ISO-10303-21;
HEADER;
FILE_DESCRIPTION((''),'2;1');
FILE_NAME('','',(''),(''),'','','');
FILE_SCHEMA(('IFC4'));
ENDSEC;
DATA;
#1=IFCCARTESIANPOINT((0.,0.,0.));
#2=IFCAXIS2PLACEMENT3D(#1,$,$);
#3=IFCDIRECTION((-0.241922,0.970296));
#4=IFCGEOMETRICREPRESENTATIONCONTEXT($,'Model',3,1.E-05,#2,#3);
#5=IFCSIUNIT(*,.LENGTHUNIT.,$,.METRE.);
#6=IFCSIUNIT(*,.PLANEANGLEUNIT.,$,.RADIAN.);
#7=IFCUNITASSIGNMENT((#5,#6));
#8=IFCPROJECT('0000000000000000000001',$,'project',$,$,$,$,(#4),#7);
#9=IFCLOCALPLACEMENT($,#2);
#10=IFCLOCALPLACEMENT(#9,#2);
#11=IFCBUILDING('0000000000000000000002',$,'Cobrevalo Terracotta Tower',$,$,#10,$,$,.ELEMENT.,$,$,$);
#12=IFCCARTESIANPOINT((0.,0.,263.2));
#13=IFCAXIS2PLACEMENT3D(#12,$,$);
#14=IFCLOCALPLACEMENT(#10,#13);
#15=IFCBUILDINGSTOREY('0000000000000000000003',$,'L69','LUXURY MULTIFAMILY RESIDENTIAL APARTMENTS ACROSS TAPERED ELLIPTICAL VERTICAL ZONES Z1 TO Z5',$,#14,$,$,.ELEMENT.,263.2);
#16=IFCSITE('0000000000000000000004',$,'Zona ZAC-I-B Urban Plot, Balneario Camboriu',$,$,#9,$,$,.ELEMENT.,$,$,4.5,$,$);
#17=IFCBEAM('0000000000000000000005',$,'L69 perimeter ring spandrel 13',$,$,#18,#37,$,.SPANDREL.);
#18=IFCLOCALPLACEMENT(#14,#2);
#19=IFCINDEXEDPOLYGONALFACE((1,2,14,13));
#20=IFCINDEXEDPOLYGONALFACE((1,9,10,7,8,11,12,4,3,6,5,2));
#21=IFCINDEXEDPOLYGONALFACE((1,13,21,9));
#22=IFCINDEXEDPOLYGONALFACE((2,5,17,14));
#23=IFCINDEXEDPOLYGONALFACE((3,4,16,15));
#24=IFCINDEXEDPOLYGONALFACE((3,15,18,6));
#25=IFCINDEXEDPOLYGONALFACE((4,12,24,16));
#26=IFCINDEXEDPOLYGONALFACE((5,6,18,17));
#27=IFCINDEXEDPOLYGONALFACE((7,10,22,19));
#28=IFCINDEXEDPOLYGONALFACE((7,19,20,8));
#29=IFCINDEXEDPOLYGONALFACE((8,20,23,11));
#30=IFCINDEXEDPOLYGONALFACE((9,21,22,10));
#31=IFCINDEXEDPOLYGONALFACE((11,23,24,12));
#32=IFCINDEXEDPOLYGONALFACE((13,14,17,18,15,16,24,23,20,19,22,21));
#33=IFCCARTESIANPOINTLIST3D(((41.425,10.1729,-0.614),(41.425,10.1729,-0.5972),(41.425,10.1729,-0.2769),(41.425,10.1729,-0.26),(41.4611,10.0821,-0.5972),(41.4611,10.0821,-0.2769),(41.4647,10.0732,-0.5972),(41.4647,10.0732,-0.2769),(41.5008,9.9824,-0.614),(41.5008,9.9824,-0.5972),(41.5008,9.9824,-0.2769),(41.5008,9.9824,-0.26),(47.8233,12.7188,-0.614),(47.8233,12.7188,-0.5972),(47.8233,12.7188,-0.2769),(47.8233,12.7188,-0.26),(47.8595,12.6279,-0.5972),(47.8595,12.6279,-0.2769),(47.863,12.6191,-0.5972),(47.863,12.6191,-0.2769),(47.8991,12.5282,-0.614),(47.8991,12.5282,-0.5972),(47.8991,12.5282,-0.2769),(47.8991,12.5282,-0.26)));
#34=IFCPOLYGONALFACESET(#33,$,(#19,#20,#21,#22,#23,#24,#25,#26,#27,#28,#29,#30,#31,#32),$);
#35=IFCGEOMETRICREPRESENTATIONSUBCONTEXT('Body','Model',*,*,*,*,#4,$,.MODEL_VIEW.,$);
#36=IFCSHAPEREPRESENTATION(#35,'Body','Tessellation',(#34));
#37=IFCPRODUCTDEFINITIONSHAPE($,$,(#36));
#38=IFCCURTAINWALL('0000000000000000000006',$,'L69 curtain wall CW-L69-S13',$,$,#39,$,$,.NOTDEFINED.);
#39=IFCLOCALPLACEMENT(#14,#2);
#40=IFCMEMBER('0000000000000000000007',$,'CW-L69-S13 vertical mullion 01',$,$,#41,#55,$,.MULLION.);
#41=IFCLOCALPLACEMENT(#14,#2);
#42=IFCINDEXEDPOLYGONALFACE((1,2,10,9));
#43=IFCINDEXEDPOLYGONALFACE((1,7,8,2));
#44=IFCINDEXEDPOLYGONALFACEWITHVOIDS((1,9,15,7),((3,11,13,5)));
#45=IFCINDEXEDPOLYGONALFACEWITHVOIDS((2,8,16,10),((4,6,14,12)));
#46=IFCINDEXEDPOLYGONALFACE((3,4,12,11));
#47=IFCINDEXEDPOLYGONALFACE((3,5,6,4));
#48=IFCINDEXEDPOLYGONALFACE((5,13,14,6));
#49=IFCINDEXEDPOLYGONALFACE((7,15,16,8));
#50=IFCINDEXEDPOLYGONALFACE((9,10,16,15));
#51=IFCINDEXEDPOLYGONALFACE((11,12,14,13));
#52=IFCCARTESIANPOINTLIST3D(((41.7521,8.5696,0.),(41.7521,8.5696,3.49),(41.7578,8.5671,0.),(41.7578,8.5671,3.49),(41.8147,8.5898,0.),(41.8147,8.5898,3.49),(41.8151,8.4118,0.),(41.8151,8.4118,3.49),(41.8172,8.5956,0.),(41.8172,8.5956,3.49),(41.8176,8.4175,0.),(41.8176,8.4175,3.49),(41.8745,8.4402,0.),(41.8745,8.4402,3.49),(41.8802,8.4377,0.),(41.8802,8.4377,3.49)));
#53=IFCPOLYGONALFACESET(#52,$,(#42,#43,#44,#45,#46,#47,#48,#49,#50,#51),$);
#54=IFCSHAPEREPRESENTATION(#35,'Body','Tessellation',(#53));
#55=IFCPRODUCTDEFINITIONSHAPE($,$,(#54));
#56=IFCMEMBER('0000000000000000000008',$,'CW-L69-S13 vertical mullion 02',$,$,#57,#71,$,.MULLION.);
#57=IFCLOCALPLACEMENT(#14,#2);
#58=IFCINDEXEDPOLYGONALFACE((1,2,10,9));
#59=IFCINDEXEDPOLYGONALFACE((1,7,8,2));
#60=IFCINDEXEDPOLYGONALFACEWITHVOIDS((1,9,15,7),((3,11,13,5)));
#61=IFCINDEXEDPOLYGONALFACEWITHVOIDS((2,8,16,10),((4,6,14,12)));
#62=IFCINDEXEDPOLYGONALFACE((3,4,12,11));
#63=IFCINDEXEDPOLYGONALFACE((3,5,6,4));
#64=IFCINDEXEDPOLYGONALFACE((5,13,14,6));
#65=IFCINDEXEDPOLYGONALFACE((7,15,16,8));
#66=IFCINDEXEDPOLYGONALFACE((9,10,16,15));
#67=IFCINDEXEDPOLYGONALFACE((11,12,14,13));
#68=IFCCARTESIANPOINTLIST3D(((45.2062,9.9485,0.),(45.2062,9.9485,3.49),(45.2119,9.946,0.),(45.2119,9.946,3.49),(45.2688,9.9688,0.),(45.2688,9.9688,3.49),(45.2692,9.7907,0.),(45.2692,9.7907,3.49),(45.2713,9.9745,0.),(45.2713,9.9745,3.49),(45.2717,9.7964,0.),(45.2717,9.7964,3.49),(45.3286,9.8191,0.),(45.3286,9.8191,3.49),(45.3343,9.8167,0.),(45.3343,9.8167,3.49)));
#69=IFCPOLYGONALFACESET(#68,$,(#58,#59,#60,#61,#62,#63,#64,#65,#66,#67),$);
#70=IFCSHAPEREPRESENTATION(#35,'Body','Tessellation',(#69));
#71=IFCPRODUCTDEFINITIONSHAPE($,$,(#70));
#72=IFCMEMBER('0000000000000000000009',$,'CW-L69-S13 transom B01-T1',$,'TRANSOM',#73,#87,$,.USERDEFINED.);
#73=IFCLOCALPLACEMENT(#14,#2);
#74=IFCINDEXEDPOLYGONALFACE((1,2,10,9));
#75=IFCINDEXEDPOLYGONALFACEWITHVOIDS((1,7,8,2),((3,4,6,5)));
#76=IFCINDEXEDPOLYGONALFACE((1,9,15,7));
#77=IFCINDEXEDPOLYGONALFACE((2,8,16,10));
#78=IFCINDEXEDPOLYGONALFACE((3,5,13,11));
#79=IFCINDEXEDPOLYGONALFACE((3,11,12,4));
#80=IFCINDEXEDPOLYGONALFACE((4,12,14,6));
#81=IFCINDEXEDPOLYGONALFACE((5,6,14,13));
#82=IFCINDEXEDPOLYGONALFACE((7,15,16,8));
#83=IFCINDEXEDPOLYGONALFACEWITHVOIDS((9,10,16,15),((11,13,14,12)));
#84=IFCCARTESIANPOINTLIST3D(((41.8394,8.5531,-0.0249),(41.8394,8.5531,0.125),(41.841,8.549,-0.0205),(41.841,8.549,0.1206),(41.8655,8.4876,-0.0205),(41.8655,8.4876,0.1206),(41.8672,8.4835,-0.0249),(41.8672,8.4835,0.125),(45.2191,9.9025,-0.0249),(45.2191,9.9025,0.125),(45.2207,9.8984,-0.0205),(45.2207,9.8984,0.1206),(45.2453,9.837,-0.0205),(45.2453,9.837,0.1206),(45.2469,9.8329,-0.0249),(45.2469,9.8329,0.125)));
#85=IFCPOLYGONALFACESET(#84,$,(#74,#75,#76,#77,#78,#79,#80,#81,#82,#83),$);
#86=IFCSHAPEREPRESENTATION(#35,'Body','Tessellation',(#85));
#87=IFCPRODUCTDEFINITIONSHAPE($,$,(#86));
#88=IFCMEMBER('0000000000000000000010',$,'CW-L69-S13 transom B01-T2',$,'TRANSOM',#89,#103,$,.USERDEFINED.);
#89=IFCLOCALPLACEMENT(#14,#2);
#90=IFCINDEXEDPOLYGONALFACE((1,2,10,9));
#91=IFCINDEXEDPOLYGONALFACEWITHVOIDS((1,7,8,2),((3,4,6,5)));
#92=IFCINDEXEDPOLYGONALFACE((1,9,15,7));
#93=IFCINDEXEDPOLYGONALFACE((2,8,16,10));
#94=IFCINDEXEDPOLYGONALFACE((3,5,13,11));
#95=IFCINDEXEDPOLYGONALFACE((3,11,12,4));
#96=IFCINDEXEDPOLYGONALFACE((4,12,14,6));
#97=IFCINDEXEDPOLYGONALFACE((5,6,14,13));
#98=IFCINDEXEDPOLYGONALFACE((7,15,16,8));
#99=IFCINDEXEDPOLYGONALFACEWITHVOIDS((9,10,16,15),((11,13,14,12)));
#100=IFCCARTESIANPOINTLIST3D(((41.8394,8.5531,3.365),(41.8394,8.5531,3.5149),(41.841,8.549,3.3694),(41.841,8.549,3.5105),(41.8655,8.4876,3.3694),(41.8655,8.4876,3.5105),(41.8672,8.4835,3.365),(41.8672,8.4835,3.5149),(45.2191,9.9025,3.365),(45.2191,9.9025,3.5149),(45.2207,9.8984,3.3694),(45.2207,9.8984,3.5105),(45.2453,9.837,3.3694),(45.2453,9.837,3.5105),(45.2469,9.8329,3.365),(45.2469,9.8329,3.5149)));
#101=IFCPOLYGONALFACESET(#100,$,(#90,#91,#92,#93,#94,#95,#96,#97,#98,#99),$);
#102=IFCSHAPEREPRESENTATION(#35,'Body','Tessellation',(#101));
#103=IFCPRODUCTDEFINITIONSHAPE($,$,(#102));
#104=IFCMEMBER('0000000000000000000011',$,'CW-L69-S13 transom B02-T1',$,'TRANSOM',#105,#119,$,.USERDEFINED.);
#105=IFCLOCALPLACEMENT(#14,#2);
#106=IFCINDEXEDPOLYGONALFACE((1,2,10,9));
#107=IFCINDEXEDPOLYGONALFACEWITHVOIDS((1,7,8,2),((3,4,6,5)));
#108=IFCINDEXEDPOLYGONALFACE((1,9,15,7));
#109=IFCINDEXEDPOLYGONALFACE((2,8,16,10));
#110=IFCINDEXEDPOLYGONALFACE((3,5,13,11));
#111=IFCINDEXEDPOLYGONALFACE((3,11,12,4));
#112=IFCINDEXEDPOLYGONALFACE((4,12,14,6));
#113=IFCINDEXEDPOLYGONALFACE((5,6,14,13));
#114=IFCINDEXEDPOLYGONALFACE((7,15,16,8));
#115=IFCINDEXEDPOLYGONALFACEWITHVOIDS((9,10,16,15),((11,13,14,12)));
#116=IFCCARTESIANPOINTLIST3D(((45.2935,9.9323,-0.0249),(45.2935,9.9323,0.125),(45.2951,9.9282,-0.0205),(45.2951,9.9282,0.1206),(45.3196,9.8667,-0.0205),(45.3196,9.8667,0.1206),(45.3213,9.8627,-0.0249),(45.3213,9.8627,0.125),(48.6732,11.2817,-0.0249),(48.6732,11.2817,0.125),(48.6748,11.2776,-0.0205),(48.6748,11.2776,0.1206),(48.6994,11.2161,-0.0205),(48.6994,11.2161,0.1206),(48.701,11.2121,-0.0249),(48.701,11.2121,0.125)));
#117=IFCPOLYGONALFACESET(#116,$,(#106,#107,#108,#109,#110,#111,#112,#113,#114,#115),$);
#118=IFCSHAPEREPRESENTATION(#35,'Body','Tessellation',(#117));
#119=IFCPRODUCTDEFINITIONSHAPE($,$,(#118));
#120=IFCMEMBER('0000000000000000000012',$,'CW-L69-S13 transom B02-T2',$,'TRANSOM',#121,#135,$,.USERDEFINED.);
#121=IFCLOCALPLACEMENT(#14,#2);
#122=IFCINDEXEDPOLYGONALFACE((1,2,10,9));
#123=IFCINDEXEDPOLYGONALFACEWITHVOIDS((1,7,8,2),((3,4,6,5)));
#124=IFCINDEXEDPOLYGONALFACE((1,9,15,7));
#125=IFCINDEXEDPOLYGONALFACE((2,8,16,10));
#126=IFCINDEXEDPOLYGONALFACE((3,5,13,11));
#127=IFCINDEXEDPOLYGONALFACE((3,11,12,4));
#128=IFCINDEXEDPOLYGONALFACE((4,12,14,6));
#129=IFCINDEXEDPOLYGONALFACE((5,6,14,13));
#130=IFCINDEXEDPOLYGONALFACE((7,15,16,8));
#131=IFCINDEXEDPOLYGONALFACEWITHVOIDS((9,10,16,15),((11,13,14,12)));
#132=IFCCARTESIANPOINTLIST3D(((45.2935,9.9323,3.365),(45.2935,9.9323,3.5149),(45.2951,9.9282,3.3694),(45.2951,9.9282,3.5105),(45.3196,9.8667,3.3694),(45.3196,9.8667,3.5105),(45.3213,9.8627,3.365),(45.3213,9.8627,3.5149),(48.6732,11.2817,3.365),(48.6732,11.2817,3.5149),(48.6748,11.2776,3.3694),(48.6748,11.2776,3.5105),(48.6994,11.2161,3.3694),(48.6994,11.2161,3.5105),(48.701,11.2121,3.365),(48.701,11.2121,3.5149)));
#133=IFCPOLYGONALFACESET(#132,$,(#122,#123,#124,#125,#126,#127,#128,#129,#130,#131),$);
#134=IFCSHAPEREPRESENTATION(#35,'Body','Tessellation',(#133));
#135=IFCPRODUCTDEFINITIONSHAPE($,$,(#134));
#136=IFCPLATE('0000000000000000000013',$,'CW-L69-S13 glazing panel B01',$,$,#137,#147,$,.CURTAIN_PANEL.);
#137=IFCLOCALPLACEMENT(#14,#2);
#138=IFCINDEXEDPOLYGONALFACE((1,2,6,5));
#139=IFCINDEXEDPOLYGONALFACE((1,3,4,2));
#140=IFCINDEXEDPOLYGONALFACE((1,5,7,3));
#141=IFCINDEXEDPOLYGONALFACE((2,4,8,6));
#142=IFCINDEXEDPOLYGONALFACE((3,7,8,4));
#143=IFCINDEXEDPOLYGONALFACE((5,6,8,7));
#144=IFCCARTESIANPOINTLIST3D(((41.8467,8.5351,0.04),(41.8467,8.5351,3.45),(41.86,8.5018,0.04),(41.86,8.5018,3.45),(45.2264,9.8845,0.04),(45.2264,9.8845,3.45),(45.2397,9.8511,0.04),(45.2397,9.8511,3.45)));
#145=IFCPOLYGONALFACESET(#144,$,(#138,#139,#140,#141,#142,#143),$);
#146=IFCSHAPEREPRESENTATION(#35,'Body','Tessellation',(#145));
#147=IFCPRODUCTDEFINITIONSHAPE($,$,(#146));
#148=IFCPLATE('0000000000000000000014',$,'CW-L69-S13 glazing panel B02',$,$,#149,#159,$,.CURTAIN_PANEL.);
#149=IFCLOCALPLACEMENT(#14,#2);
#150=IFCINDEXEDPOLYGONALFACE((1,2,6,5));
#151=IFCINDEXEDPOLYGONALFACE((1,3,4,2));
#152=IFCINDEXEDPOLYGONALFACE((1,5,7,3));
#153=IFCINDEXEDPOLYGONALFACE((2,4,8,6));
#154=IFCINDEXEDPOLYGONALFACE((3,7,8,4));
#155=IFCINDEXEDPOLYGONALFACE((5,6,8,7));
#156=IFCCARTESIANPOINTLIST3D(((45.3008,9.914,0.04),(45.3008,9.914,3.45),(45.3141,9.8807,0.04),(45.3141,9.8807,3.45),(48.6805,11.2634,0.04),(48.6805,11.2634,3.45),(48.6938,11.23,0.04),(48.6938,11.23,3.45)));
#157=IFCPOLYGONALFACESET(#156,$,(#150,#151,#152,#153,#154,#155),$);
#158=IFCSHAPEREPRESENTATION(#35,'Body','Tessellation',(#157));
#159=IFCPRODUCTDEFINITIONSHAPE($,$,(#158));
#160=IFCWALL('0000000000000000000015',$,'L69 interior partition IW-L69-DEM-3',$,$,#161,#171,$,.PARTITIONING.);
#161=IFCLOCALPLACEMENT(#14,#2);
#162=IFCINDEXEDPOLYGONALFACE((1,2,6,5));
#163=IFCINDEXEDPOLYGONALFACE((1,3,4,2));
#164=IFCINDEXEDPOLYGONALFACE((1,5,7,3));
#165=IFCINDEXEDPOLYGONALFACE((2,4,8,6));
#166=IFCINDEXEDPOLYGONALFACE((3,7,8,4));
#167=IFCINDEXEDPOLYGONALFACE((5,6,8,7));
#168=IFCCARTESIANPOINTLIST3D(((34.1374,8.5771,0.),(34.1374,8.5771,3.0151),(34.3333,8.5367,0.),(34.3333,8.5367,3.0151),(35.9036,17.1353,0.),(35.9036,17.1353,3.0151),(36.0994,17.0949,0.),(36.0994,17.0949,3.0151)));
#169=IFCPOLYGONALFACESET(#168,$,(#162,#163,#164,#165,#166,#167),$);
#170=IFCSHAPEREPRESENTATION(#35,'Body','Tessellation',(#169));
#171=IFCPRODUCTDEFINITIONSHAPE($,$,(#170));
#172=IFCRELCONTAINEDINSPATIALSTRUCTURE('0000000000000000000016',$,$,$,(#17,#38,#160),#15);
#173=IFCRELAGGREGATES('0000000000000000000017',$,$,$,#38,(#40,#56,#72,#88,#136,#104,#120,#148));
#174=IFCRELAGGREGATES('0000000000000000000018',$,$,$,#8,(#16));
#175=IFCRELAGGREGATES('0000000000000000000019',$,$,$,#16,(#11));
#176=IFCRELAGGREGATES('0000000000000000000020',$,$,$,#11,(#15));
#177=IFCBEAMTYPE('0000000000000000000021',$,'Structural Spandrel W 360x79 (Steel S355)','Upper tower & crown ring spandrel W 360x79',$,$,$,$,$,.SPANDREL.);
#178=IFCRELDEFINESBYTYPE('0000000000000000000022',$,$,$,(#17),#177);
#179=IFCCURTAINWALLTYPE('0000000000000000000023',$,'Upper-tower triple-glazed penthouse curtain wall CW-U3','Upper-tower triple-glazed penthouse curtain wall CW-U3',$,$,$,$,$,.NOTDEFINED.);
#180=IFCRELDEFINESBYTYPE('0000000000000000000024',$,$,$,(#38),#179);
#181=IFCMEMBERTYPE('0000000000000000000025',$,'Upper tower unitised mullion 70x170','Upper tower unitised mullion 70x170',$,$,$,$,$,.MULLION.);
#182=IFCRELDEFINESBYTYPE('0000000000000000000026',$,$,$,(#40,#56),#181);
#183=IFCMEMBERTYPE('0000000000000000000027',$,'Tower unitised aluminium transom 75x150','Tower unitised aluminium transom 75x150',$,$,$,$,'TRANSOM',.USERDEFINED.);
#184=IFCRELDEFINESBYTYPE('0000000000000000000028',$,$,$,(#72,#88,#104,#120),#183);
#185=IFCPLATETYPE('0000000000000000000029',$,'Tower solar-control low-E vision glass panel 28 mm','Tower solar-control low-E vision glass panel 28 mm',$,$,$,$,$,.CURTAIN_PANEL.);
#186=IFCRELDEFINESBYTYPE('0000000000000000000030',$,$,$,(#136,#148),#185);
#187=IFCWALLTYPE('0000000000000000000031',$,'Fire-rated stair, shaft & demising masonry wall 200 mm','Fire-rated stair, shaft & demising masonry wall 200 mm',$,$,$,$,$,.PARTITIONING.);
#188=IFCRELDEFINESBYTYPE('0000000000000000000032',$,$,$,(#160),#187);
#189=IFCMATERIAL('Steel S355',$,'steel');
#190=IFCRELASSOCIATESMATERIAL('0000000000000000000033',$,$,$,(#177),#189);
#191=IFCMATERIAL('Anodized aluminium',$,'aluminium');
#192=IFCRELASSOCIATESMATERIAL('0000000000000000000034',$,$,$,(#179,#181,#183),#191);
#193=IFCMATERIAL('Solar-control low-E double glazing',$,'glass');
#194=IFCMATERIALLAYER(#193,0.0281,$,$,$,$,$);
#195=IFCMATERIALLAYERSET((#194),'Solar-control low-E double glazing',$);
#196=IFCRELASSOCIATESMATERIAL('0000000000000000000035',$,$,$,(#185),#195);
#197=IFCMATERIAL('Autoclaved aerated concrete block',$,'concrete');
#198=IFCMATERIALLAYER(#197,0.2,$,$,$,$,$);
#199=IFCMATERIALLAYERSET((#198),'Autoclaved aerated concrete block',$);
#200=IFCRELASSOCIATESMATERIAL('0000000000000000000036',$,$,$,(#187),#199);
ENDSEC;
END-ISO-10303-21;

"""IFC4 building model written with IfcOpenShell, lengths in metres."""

from ifc_helpers import new_model, si_unit, direction, frame, frame_2d, origin, origin_2d, place, context, subcontext, project, spatial, rectangle, hollow_rectangle, i_section, extrude, source, transform, mapped, material, layer, layer_set, material_profile, profile_set, type_object, element, aggregate, save


model = new_model("IFC4")

# Units and contexts
model_context = context("Model", 3, precision=1e-05, world=origin(), true_north=direction((-0.241922, 0.970296)))
body_context = subcontext(model_context, "Body", "Model", "MODEL_VIEW")
ifc_project = project(units=[si_unit("LENGTHUNIT", "METRE"), si_unit("PLANEANGLEUNIT", "RADIAN")], contexts=[model_context])

# Site, building, storey
site_placement = place(None, origin())
site = spatial("IfcSite", under=ifc_project, at=site_placement, Name="Zona ZAC-I-B Urban Plot, Balneario Camboriu", CompositionType="ELEMENT", RefElevation=4.5)
building_placement = place(site_placement, origin())
building = spatial("IfcBuilding", under=site, at=building_placement, Name="Cobrevalo Terracotta Tower", CompositionType="ELEMENT")
storey_placement = place(building_placement, frame((0.0, 0.0, 263.2)))
storey = spatial("IfcBuildingStorey", under=building, at=storey_placement, Name="L69", Description="LUXURY MULTIFAMILY RESIDENTIAL APARTMENTS ACROSS TAPERED ELLIPTICAL VERTICAL ZONES Z1 TO Z5", CompositionType="ELEMENT", Elevation=263.2)

# Shared definitions
ifc_material_1 = material(Name="Steel S355", Category="steel")

# Beam
ifc_material_profile_1 = material_profile(ifc_material_1, i_section(OverallWidth=0.2051, OverallDepth=0.354, WebThickness=0.0095, FlangeThickness=0.0168, at=origin_2d()), Name="W 360x79")
ifc_profile_set_1 = profile_set([ifc_material_profile_1], Name="Steel S355")
beam_type_1 = type_object("IfcBeamType", Name="Structural Spandrel W 360x79 (Steel S355)", Description="Upper tower & crown ring spandrel W 360x79", PredefinedType="SPANDREL", material=ifc_profile_set_1)
beam_1_placement = place(storey_placement, frame((41.4629, 10.0776, -0.437), z_axis=(0.92915, 0.369703, 0.0), x_axis=(-0.369703, 0.92915, 0.0)))
element("IfcBeam", 1, at=beam_1_placement, inside=storey, type_object=beam_type_1, Name="L69 perimeter ring spandrel 13", PredefinedType="SPANDREL", context=body_context, shape_type="SweptSolid", body=[
    extrude(i_section(OverallWidth=0.2051, OverallDepth=0.354, WebThickness=0.0095, FlangeThickness=0.0168, at=origin_2d()), origin(), (0.0, 0.0, 1.0), 6.8862),
])

# Curtain wall, members, plates
ifc_material_2 = material(Name="Anodized aluminium", Category="aluminium")
curtain_wall_type = type_object("IfcCurtainWallType", Name="Upper-tower triple-glazed penthouse curtain wall CW-U3", Description="Upper-tower triple-glazed penthouse curtain wall CW-U3", PredefinedType="NOTDEFINED", material=ifc_material_2)
curtain_wall_placement = place(storey_placement, origin())
curtain_wall = element("IfcCurtainWall", 2, at=curtain_wall_placement, inside=storey, type_object=curtain_wall_type, Name="L69 curtain wall CW-L69-S13", PredefinedType="NOTDEFINED")
ifc_material_profile_2 = material_profile(ifc_material_2, hollow_rectangle(XDim=0.0701, YDim=0.1699, WallThickness=0.0044, at=origin_2d()), Name="CWM 70x170")
ifc_profile_set_2 = profile_set([ifc_material_profile_2], Name="Anodized aluminium")
member_type_1 = type_object("IfcMemberType", Name="Upper tower unitised mullion 70x170", Description="Upper tower unitised mullion 70x170", PredefinedType="MULLION", material=ifc_profile_set_2)
shared_shape_1 = source(origin(), body_context, "Body", "SweptSolid", [
    extrude(hollow_rectangle(XDim=0.0701, YDim=0.1699, WallThickness=0.0044, at=origin_2d()), origin(), (0.0, 0.0, 1.0), 3.49),
])
member_1_placement = place(storey_placement, frame((41.8162, 8.5037, 0.0), z_axis=(0.0, 0.0, 1.0), x_axis=(0.928719, 0.370784, 0.0)))
member_1 = element("IfcMember", 3, at=member_1_placement, type_object=member_type_1, Name="CW-L69-S13 vertical mullion 01", PredefinedType="MULLION", context=body_context, shape_type="MappedRepresentation", body=[
    mapped(shared_shape_1, transform((0.0, 0.0, 0.0), scale=1.0)),
])
member_2_placement = place(storey_placement, frame((45.2703, 9.8826, 0.0), z_axis=(0.0, 0.0, 1.0), x_axis=(0.928719, 0.370784, 0.0)))
member_2 = element("IfcMember", 4, at=member_2_placement, type_object=member_type_1, Name="CW-L69-S13 vertical mullion 02", PredefinedType="MULLION", context=body_context, shape_type="MappedRepresentation", body=[
    mapped(shared_shape_1, transform((0.0, 0.0, 0.0), scale=1.0)),
])
ifc_material_profile_3 = material_profile(ifc_material_2, hollow_rectangle(XDim=0.075, YDim=0.1499, WallThickness=0.0044, at=origin_2d()), Name="CWT 75x150")
ifc_profile_set_3 = profile_set([ifc_material_profile_3], Name="Anodized aluminium")
member_type_2 = type_object("IfcMemberType", Name="Tower unitised aluminium transom 75x150", Description="Tower unitised aluminium transom 75x150", ElementType="TRANSOM", PredefinedType="USERDEFINED", material=ifc_profile_set_3)
shared_shape_2 = source(origin(), body_context, "Body", "SweptSolid", [
    extrude(hollow_rectangle(XDim=0.075, YDim=0.1499, WallThickness=0.0044, at=origin_2d()), origin(), (0.0, 0.0, 1.0), 3.6392),
])
member_3_placement = place(storey_placement, frame((41.8533, 8.5183, 0.05), z_axis=(0.928712, 0.370801, 0.0), x_axis=(-0.370801, 0.928712, 0.0)))
member_3 = element("IfcMember", 5, at=member_3_placement, type_object=member_type_2, Name="CW-L69-S13 transom B01-T1", ObjectType="TRANSOM", PredefinedType="USERDEFINED", context=body_context, shape_type="MappedRepresentation", body=[
    mapped(shared_shape_2, transform((0.0, 0.0, 0.0), scale=1.0)),
])
member_4_placement = place(storey_placement, frame((41.8533, 8.5183, 3.4399), z_axis=(0.928712, 0.370801, 0.0), x_axis=(-0.370801, 0.928712, 0.0)))
member_4 = element("IfcMember", 6, at=member_4_placement, type_object=member_type_2, Name="CW-L69-S13 transom B01-T2", ObjectType="TRANSOM", PredefinedType="USERDEFINED", context=body_context, shape_type="MappedRepresentation", body=[
    mapped(shared_shape_2, transform((0.0, 0.0, 0.0), scale=1.0)),
])
member_5_placement = place(storey_placement, frame((45.3074, 9.8975, 0.05), z_axis=(0.928712, 0.370801, 0.0), x_axis=(-0.370801, 0.928712, 0.0)))
member_5 = element("IfcMember", 7, at=member_5_placement, type_object=member_type_2, Name="CW-L69-S13 transom B02-T1", ObjectType="TRANSOM", PredefinedType="USERDEFINED", context=body_context, shape_type="MappedRepresentation", body=[
    mapped(shared_shape_2, transform((0.0, 0.0, 0.0), scale=1.0)),
])
member_6_placement = place(storey_placement, frame((45.3074, 9.8975, 3.4399), z_axis=(0.928712, 0.370801, 0.0), x_axis=(-0.370801, 0.928712, 0.0)))
member_6 = element("IfcMember", 8, at=member_6_placement, type_object=member_type_2, Name="CW-L69-S13 transom B02-T2", ObjectType="TRANSOM", PredefinedType="USERDEFINED", context=body_context, shape_type="MappedRepresentation", body=[
    mapped(shared_shape_2, transform((0.0, 0.0, 0.0), scale=1.0)),
])
ifc_material_3 = material(Name="Solar-control low-E double glazing", Category="glass")
ifc_layer_1 = layer(ifc_material_3, 0.0281)
ifc_layer_set_1 = layer_set([ifc_layer_1], Name="Solar-control low-E double glazing")
plate_type = type_object("IfcPlateType", Name="Tower solar-control low-E vision glass panel 28 mm", Description="Tower solar-control low-E vision glass panel 28 mm", PredefinedType="CURTAIN_PANEL", material=ifc_layer_set_1)
shared_shape_3 = source(origin(), body_context, "Body", "SweptSolid", [
    extrude(rectangle(XDim=3.6392, YDim=0.0359, at=origin_2d()), origin(), (0.0, 0.0, 1.0), 3.4099),
])
plate_1_placement = place(storey_placement, frame((43.5432, 9.1931, 0.04), z_axis=(0.0, 0.0, 1.0), x_axis=(0.928718, 0.370786, 0.0)))
plate_1 = element("IfcPlate", 9, at=plate_1_placement, type_object=plate_type, Name="CW-L69-S13 glazing panel B01", PredefinedType="CURTAIN_PANEL", context=body_context, shape_type="MappedRepresentation", body=[
    mapped(shared_shape_3, transform((0.0, 0.0, 0.0), scale=1.0)),
])
plate_2_placement = place(storey_placement, frame((46.9973, 10.572, 0.04), z_axis=(0.0, 0.0, 1.0), x_axis=(0.928718, 0.370786, 0.0)))
plate_2 = element("IfcPlate", 10, at=plate_2_placement, type_object=plate_type, Name="CW-L69-S13 glazing panel B02", PredefinedType="CURTAIN_PANEL", context=body_context, shape_type="MappedRepresentation", body=[
    mapped(shared_shape_3, transform((0.0, 0.0, 0.0), scale=1.0)),
])
aggregate(curtain_wall, [member_1, member_2, member_3, member_4, plate_1, member_5, member_6, plate_2])

# Wall
ifc_material_4 = material(Name="Autoclaved aerated concrete block", Category="concrete")
ifc_layer_2 = layer(ifc_material_4, 0.2)
ifc_layer_set_2 = layer_set([ifc_layer_2], Name="Autoclaved aerated concrete block")
wall_type_1 = type_object("IfcWallType", Name="Fire-rated stair, shaft & demising masonry wall 200 mm", Description="Fire-rated stair, shaft & demising masonry wall 200 mm", PredefinedType="PARTITIONING", material=ifc_layer_set_2)
wall_1_placement = place(storey_placement, frame((36.0015, 17.115, 0.0), z_axis=(0.0, 0.0, 1.0), x_axis=(-0.202109, -0.979363, 0.0)))
element("IfcWall", 11, at=wall_1_placement, inside=storey, type_object=wall_type_1, Name="L69 interior partition IW-L69-DEM-3", PredefinedType="PARTITIONING", context=body_context, shape_type="SweptSolid", body=[
    extrude(rectangle(XDim=8.7385, YDim=0.2, at=frame_2d((4.3691, 0.0))), origin(), (0.0, 0.0, 1.0), 3.0151),
])

save(model, "model.ifc")
